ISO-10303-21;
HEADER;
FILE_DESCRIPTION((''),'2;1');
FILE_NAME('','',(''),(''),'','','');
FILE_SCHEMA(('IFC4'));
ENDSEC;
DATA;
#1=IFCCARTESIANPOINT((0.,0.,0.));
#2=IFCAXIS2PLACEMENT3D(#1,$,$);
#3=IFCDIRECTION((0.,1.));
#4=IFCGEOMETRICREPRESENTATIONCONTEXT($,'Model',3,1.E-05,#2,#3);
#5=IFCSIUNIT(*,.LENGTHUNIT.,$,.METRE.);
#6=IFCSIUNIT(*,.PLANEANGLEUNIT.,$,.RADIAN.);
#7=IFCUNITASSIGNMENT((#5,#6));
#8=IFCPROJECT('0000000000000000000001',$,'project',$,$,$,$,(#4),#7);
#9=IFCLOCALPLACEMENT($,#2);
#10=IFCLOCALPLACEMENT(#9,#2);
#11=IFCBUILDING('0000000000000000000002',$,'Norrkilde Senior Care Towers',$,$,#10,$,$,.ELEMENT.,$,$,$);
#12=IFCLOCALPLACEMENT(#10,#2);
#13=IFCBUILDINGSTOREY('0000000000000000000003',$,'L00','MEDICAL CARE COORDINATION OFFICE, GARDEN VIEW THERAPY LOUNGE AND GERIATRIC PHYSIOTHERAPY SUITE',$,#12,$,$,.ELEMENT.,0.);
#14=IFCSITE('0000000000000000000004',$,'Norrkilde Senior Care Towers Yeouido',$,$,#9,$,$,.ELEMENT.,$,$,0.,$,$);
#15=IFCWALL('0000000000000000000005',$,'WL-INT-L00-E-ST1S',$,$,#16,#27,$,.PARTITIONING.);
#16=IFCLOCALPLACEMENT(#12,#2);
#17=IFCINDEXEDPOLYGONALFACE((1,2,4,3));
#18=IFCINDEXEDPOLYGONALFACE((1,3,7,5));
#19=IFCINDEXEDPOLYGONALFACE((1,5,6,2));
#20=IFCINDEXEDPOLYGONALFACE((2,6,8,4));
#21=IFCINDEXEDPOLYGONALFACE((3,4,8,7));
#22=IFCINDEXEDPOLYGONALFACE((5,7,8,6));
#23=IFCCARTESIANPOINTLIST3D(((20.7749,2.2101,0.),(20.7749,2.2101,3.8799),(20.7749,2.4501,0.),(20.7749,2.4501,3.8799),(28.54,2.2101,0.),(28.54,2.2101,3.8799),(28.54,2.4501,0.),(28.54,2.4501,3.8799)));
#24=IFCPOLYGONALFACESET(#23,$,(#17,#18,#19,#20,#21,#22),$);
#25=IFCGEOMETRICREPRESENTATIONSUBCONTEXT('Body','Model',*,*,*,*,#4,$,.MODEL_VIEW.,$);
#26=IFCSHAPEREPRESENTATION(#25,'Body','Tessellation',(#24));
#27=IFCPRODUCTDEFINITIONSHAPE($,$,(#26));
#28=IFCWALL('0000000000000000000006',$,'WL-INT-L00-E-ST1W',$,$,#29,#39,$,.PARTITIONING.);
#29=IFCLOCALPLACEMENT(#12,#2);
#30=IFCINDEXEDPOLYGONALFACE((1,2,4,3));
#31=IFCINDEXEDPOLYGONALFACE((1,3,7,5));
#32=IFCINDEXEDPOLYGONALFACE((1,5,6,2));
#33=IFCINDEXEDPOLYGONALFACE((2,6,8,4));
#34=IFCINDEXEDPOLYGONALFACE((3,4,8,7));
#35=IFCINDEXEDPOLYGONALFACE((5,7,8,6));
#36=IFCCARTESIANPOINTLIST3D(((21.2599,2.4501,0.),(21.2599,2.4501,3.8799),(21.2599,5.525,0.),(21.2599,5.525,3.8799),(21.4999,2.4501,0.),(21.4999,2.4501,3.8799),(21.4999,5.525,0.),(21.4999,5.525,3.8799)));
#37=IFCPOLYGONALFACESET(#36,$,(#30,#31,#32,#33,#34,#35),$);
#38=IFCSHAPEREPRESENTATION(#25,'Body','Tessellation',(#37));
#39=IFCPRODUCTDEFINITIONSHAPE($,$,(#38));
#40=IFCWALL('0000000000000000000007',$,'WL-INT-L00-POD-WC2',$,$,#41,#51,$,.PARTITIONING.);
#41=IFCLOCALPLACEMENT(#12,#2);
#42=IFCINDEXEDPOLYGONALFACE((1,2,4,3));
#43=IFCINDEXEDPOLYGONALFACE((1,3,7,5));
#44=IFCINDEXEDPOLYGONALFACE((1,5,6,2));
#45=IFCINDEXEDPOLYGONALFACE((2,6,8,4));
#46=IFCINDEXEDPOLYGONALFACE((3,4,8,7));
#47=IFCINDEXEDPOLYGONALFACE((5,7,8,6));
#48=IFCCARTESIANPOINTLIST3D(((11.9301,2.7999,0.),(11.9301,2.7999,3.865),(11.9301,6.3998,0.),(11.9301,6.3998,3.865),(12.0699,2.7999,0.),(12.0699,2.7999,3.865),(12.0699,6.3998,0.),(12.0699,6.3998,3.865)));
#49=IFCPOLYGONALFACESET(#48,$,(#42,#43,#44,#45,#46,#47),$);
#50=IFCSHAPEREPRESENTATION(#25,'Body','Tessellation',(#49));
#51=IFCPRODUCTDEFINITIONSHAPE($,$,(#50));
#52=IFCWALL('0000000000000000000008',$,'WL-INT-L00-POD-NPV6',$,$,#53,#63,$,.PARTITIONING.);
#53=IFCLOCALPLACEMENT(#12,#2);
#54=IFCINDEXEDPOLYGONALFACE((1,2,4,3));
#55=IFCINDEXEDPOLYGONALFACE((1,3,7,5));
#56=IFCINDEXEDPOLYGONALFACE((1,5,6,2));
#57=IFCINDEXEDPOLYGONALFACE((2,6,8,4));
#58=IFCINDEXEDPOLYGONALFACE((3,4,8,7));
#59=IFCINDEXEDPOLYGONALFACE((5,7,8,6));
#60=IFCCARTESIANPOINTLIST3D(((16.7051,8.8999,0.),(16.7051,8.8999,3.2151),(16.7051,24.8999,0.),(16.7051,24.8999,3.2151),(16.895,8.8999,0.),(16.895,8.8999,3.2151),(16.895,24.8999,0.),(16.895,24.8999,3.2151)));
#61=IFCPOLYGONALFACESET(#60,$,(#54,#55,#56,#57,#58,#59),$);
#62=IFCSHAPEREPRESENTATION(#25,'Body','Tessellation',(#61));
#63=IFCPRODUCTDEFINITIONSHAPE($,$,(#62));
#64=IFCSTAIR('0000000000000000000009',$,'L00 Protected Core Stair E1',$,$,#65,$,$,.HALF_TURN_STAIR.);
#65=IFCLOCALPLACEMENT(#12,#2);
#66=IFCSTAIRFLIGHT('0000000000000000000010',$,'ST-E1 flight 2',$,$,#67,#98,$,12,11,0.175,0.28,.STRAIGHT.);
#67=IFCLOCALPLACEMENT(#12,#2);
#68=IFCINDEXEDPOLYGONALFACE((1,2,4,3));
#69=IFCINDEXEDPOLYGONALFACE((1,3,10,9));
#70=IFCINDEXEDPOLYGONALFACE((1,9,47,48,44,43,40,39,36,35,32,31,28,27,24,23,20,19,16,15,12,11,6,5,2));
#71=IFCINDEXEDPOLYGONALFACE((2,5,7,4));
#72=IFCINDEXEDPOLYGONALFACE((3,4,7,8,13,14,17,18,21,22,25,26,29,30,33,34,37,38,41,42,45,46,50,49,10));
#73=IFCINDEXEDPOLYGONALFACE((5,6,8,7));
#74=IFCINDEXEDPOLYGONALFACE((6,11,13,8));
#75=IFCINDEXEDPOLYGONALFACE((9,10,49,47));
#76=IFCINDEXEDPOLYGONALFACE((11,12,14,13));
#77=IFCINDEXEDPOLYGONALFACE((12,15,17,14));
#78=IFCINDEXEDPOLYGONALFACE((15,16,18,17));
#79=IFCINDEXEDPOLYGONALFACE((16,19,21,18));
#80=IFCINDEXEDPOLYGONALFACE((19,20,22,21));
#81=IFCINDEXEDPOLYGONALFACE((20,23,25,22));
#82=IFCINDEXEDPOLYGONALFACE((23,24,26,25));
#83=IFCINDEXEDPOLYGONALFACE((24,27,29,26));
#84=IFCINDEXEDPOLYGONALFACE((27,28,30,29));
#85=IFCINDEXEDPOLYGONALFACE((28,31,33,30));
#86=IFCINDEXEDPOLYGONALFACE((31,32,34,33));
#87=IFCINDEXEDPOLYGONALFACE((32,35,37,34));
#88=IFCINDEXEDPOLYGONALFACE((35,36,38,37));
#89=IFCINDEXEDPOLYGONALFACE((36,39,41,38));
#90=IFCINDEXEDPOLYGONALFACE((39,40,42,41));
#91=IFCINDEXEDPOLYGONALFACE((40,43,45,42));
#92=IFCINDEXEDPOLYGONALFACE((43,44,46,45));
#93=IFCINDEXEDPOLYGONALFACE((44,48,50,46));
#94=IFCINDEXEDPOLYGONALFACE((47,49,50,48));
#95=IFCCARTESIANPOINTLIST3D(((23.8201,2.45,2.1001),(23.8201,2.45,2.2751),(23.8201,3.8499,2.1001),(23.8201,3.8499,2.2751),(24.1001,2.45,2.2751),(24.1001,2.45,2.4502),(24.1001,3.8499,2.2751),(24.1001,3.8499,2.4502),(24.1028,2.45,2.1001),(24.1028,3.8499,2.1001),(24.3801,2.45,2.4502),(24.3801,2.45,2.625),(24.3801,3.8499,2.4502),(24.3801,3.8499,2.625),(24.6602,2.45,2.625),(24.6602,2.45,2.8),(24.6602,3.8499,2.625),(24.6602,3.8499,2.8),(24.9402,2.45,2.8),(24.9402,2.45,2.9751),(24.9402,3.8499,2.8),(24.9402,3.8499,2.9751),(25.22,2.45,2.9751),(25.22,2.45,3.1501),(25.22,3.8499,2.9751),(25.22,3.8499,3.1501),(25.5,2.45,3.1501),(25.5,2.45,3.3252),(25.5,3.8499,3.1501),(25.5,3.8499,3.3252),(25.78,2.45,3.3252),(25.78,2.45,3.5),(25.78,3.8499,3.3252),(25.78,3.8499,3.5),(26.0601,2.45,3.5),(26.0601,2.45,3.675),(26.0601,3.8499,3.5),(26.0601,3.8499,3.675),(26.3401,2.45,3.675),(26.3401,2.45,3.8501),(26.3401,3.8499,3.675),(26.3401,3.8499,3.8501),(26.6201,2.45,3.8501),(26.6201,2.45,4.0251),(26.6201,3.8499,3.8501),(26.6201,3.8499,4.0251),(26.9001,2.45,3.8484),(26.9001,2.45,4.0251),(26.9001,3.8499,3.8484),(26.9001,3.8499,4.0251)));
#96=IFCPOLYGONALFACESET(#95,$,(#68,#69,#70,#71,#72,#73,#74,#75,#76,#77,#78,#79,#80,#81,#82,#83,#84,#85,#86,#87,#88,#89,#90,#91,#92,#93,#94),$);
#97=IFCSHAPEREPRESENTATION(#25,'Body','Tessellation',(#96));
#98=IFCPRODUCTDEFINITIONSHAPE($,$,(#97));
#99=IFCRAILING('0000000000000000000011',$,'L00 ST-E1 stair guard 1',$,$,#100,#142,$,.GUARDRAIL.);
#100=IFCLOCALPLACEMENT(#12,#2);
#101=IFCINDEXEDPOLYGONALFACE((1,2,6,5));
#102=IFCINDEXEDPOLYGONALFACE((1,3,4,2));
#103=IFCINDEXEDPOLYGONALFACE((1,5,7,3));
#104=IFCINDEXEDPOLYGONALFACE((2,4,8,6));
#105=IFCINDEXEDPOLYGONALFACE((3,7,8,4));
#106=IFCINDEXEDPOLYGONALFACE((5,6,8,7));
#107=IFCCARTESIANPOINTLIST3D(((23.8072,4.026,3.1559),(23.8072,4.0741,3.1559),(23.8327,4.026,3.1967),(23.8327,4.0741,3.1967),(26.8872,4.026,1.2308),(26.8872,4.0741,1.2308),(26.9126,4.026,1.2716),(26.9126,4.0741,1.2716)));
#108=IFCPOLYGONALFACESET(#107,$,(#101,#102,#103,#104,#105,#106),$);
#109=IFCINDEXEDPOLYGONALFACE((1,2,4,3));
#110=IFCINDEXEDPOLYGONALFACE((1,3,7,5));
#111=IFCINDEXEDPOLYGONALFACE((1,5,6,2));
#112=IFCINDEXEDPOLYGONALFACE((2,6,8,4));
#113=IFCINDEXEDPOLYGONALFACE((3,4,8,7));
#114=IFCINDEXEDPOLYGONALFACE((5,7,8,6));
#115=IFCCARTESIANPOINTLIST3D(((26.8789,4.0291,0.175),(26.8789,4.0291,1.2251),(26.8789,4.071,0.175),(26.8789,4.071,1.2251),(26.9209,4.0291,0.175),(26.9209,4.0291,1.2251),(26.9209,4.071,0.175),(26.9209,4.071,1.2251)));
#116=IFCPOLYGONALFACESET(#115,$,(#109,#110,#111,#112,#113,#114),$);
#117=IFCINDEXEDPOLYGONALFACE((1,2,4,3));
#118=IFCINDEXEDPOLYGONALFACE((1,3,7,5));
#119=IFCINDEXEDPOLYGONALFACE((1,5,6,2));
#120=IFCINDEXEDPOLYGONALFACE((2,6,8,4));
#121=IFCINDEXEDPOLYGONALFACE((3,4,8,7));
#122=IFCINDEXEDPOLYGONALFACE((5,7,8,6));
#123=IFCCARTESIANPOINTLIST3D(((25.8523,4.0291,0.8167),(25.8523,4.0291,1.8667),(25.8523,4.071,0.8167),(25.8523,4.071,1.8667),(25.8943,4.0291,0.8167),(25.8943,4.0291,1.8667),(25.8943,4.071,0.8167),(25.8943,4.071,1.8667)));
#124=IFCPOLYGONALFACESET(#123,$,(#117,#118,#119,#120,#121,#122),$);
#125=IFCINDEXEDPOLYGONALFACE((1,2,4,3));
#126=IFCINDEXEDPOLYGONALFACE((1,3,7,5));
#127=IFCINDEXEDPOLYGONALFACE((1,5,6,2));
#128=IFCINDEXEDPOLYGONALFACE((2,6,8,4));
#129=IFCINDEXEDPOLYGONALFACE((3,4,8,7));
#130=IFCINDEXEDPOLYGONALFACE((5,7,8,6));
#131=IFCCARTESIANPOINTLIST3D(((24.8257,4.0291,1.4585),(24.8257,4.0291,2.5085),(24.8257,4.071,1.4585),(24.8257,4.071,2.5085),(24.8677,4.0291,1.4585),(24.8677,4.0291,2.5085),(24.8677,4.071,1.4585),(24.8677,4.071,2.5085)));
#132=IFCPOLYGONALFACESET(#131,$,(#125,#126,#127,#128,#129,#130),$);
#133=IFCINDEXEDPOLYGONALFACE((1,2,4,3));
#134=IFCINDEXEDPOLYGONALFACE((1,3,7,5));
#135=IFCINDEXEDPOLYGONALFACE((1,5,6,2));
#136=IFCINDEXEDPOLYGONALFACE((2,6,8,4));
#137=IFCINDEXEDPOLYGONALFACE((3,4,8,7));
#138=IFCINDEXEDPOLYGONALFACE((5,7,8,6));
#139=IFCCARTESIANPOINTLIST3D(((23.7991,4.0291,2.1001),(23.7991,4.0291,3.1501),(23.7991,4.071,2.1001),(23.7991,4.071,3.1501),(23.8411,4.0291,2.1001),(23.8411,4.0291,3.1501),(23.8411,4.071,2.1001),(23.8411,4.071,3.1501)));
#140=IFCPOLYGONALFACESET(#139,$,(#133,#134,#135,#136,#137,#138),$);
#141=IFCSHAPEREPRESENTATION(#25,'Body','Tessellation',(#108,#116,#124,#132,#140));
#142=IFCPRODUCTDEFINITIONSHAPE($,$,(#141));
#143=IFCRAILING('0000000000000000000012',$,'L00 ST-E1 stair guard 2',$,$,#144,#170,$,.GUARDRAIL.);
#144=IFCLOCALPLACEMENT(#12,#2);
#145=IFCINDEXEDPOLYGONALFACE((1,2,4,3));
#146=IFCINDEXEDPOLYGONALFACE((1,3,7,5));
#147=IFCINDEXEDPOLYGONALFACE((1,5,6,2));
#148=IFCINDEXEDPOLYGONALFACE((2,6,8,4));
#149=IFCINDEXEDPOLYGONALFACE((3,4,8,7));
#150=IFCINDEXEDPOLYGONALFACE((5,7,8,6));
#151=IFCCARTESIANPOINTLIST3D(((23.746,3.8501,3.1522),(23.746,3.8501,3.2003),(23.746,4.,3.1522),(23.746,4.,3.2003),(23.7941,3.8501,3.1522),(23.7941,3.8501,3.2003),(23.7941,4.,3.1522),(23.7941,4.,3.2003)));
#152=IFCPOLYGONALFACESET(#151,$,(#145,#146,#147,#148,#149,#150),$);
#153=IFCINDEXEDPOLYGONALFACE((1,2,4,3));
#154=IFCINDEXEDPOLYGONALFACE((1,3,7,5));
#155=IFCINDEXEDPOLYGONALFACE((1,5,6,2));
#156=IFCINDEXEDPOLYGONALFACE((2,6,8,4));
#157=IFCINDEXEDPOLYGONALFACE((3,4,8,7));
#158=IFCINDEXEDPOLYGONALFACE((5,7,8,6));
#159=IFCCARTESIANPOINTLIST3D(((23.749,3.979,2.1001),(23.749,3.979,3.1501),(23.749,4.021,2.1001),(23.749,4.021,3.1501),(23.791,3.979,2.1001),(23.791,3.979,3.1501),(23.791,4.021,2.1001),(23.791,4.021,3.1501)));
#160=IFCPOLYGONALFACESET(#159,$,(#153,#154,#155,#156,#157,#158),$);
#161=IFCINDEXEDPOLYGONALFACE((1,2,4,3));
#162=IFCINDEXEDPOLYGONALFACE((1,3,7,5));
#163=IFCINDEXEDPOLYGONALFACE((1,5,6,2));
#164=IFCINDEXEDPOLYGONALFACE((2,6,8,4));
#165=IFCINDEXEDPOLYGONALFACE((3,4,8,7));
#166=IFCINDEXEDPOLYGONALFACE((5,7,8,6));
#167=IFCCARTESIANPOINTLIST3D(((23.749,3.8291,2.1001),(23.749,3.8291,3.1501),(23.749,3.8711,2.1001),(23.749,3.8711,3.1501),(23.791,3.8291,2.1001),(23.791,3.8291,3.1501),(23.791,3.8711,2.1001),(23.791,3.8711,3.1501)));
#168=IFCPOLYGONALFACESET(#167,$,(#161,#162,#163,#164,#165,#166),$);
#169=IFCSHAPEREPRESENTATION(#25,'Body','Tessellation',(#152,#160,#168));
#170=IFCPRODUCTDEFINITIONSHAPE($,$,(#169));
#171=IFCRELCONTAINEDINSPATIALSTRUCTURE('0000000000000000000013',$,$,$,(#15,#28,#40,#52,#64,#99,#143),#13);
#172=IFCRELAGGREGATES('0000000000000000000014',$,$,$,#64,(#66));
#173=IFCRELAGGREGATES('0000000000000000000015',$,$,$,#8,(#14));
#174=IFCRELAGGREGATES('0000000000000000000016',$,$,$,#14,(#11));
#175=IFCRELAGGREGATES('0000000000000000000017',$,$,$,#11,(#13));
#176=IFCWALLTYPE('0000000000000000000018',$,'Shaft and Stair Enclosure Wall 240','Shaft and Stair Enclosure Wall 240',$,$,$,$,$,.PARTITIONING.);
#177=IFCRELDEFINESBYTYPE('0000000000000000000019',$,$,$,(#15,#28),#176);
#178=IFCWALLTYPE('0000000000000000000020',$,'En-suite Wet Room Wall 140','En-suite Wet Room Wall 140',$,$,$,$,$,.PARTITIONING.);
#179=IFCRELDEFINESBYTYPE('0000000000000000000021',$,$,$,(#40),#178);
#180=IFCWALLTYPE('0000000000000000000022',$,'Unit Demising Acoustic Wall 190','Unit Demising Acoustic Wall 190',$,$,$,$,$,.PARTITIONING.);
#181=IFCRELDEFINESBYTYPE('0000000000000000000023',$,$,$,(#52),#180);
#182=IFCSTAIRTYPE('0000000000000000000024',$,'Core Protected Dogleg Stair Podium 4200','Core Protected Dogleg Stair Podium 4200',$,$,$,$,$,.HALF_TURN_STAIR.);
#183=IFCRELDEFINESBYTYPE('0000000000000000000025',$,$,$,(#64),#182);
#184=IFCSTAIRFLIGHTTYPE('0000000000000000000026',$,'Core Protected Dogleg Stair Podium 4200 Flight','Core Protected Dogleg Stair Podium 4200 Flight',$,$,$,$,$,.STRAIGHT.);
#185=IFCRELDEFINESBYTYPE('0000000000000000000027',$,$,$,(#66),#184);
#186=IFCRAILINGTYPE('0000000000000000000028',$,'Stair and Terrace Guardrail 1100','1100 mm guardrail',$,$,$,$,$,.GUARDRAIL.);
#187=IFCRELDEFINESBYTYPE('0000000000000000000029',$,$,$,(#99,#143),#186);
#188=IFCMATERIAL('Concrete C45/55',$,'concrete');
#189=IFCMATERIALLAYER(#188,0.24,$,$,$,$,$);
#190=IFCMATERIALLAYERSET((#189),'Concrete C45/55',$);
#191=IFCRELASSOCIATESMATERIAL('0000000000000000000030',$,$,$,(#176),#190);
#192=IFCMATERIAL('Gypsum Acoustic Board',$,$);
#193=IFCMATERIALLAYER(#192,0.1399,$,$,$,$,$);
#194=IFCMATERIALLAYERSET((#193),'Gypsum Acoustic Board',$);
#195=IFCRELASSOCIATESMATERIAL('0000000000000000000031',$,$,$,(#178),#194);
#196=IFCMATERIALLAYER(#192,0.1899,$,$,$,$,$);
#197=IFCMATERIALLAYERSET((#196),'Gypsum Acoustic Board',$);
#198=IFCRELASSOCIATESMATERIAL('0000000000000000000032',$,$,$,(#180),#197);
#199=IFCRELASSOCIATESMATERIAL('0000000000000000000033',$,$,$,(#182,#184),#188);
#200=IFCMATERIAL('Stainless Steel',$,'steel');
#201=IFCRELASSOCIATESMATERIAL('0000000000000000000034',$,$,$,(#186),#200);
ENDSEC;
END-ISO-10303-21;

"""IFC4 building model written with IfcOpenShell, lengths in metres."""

from ifc_helpers import new_model, si_unit, direction, frame, frame_2d, origin, origin_2d, place, context, subcontext, project, spatial, polyline, rectangle, outline, extrude, source, transform, mapped, material, layer, layer_set, type_object, type_shapes, element, aggregate, save


model = new_model("IFC4")

# Units and contexts
model_context = context("Model", 3, precision=1e-05, world=origin(), true_north=direction((0.0, 1.0)))
body_context = subcontext(model_context, "Body", "Model", "MODEL_VIEW")
ifc_project = project(units=[si_unit("LENGTHUNIT", "METRE"), si_unit("PLANEANGLEUNIT", "RADIAN")], contexts=[model_context])

# Site, building, storey
site_placement = place(None, origin())
site = spatial("IfcSite", under=ifc_project, at=site_placement, Name="Norrkilde Senior Care Towers Yeouido", CompositionType="ELEMENT", RefElevation=0.0)
building_placement = place(site_placement, origin())
building = spatial("IfcBuilding", under=site, at=building_placement, Name="Norrkilde Senior Care Towers", CompositionType="ELEMENT")
storey_placement = place(building_placement, origin())
storey = spatial("IfcBuildingStorey", under=building, at=storey_placement, Name="L00", Description="MEDICAL CARE COORDINATION OFFICE, GARDEN VIEW THERAPY LOUNGE AND GERIATRIC PHYSIOTHERAPY SUITE", CompositionType="ELEMENT", Elevation=0.0)

# Walls
ifc_material_1 = material(Name="Concrete C45/55", Category="concrete")
ifc_layer_1 = layer(ifc_material_1, 0.24)
ifc_layer_set_1 = layer_set([ifc_layer_1], Name="Concrete C45/55")
wall_type_1 = type_object("IfcWallType", Name="Shaft and Stair Enclosure Wall 240", Description="Shaft and Stair Enclosure Wall 240", PredefinedType="PARTITIONING", material=ifc_layer_set_1)
shared_shape_1 = source(origin(), body_context, "Body", "SweptSolid", [
    extrude(rectangle(XDim=7.7651, YDim=0.24, at=frame_2d((3.8826, 0.0))), origin(), (0.0, 0.0, 1.0), 3.8799),
])
wall_1_placement = place(storey_placement, frame((20.7749, 2.3301, 0.0), z_axis=(0.0, 0.0, 1.0), x_axis=(1.0, 0.0, 0.0)))
element("IfcWall", 1, at=wall_1_placement, inside=storey, type_object=wall_type_1, Name="WL-INT-L00-E-ST1S", PredefinedType="PARTITIONING", context=body_context, shape_type="MappedRepresentation", body=[
    mapped(shared_shape_1, transform((0.0, 0.0, 0.0), x_axis=(1.0, 0.0, 0.0), y_axis=(0.0, 1.0, 0.0), z_axis=(0.0, 0.0, 1.0), scale=1.0)),
])
shared_shape_2 = source(origin(), body_context, "Body", "SweptSolid", [
    extrude(rectangle(XDim=3.075, YDim=0.24, at=frame_2d((1.5376, 0.0))), origin(), (0.0, 0.0, 1.0), 3.8799),
])
type_shapes(wall_type_1, [shared_shape_1, shared_shape_2])
wall_2_placement = place(storey_placement, frame((21.3799, 2.45, 0.0), z_axis=(0.0, 0.0, 1.0), x_axis=(0.0, 1.0, 0.0)))
element("IfcWall", 2, at=wall_2_placement, inside=storey, type_object=wall_type_1, Name="WL-INT-L00-E-ST1W", PredefinedType="PARTITIONING", context=body_context, shape_type="MappedRepresentation", body=[
    mapped(shared_shape_2, transform((0.0, 0.0, 0.0), x_axis=(1.0, 0.0, 0.0), y_axis=(0.0, 1.0, 0.0), z_axis=(0.0, 0.0, 1.0), scale=1.0)),
])
ifc_material_2 = material(Name="Gypsum Acoustic Board")
ifc_layer_2 = layer(ifc_material_2, 0.1399)
ifc_layer_set_2 = layer_set([ifc_layer_2], Name="Gypsum Acoustic Board")
wall_type_2 = type_object("IfcWallType", Name="En-suite Wet Room Wall 140", Description="En-suite Wet Room Wall 140", PredefinedType="PARTITIONING", material=ifc_layer_set_2)
shared_shape_3 = source(origin(), body_context, "Body", "SweptSolid", [
    extrude(rectangle(XDim=3.5999, YDim=0.1399, at=frame_2d((1.7998, 0.0))), origin(), (0.0, 0.0, 1.0), 3.865),
])
type_shapes(wall_type_2, [shared_shape_3])
wall_3_placement = place(storey_placement, frame((12.0, 2.8, 0.0), z_axis=(0.0, 0.0, 1.0), x_axis=(0.0, 1.0, 0.0)))
element("IfcWall", 3, at=wall_3_placement, inside=storey, type_object=wall_type_2, Name="WL-INT-L00-POD-WC2", PredefinedType="PARTITIONING", context=body_context, shape_type="MappedRepresentation", body=[
    mapped(shared_shape_3, transform((0.0, 0.0, 0.0), x_axis=(1.0, 0.0, 0.0), y_axis=(0.0, 1.0, 0.0), z_axis=(0.0, 0.0, 1.0), scale=1.0)),
])
ifc_layer_3 = layer(ifc_material_2, 0.1899)
ifc_layer_set_3 = layer_set([ifc_layer_3], Name="Gypsum Acoustic Board")
wall_type_3 = type_object("IfcWallType", Name="Unit Demising Acoustic Wall 190", Description="Unit Demising Acoustic Wall 190", PredefinedType="PARTITIONING", material=ifc_layer_set_3)
shared_shape_4 = source(origin(), body_context, "Body", "SweptSolid", [
    extrude(rectangle(XDim=16.0, YDim=0.1899, at=frame_2d((8.0, 0.0))), origin(), (0.0, 0.0, 1.0), 3.2151),
])
type_shapes(wall_type_3, [shared_shape_4])
wall_4_placement = place(storey_placement, frame((16.8, 8.8999, 0.0), z_axis=(0.0, 0.0, 1.0), x_axis=(0.0, 1.0, 0.0)))
element("IfcWall", 4, at=wall_4_placement, inside=storey, type_object=wall_type_3, Name="WL-INT-L00-POD-NPV6", PredefinedType="PARTITIONING", context=body_context, shape_type="MappedRepresentation", body=[
    mapped(shared_shape_4, transform((0.0, 0.0, 0.0), x_axis=(1.0, 0.0, 0.0), y_axis=(0.0, 1.0, 0.0), z_axis=(0.0, 0.0, 1.0), scale=1.0)),
])

# Stair, stair flight
stair_type = type_object("IfcStairType", Name="Core Protected Dogleg Stair Podium 4200", Description="Core Protected Dogleg Stair Podium 4200", PredefinedType="HALF_TURN_STAIR", material=ifc_material_1)
stair_placement = place(storey_placement, origin())
stair = element("IfcStair", 5, at=stair_placement, inside=storey, type_object=stair_type, Name="L00 Protected Core Stair E1", PredefinedType="HALF_TURN_STAIR")
stair_flight_type = type_object("IfcStairFlightType", Name="Core Protected Dogleg Stair Podium 4200 Flight", Description="Core Protected Dogleg Stair Podium 4200 Flight", PredefinedType="STRAIGHT", material=ifc_material_1)
stair_flight_placement = place(storey_placement, frame((23.8201, 3.1499, 2.1001), z_axis=(0.0, 0.0, 1.0), x_axis=(1.0, 0.0, 0.0)))
stair_flight = element("IfcStairFlight", 6, at=stair_flight_placement, type_object=stair_flight_type, Name="ST-E1 flight 2", NumberOfRisers=12, NumberOfTreads=11, PredefinedType="STRAIGHT", RiserHeight=0.175, TreadLength=0.28, context=body_context, shape_type="SweptSolid", body=[
    extrude(outline(polyline([(0.0, 0.0), (0.0, 0.175), (0.28, 0.175), (0.28, 0.3501), (0.5601, 0.3501), (0.5601, 0.5249), (0.8401, 0.5249), (0.8401, 0.7), (1.1201, 0.7), (1.1201, 0.875), (1.3999, 0.875), (1.3999, 1.05), (1.6799, 1.05), (1.6799, 1.2251), (1.96, 1.2251), (1.96, 1.3999), (2.24, 1.3999), (2.24, 1.575), (2.52, 1.575), (2.52, 1.75), (2.8, 1.75), (2.8, 1.925), (3.0801, 1.925), (3.0801, 2.1001), (3.0801, 1.7483), (0.2827, 0.0), (0.0, 0.0)])), frame((0.0, 0.7, 0.0), z_axis=(0.0, -1.0, 0.0), x_axis=(1.0, 0.0, 0.0)), (0.0, 0.0, 1.0), 1.3999),
])
aggregate(stair, [stair_flight])

# Railings
ifc_material_3 = material(Name="Stainless Steel", Category="steel")
railing_type_1 = type_object("IfcRailingType", Name="Stair and Terrace Guardrail 1100", Description="1100 mm guardrail", PredefinedType="GUARDRAIL", material=ifc_material_3)
railing_1_placement = place(storey_placement, frame((26.8999, 4.05, 0.175)))
element("IfcRailing", 7, at=railing_1_placement, inside=storey, type_object=railing_type_1, Name="L00 ST-E1 stair guard 1", PredefinedType="GUARDRAIL", context=body_context, shape_type="SweptSolid", body=[
    extrude(rectangle(XDim=0.0481, YDim=0.0481, at=origin_2d()), frame((0.0, 0.0, 1.0762), z_axis=(-0.847979, 0.0, 0.530029), x_axis=(0.0, -1.0, 0.0)), (0.0, 0.0, 1.0), 3.6321),
    extrude(rectangle(XDim=0.042, YDim=0.042, at=origin_2d()), origin(), (0.0, 0.0, 1.0), 1.05),
    extrude(rectangle(XDim=0.042, YDim=0.042, at=origin_2d()), frame((-1.0266, 0.0, 0.6416)), (0.0, 0.0, 1.0), 1.05),
    extrude(rectangle(XDim=0.042, YDim=0.042, at=origin_2d()), frame((-2.0532, 0.0, 1.2834)), (0.0, 0.0, 1.0), 1.05),
    extrude(rectangle(XDim=0.042, YDim=0.042, at=origin_2d()), frame((-3.0798, 0.0, 1.925)), (0.0, 0.0, 1.0), 1.05),
])
railing_2_placement = place(storey_placement, frame((23.77, 4.0, 2.1001)))
element("IfcRailing", 8, at=railing_2_placement, inside=storey, type_object=railing_type_1, Name="L00 ST-E1 stair guard 2", PredefinedType="GUARDRAIL", context=body_context, shape_type="SweptSolid", body=[
    extrude(rectangle(XDim=0.0481, YDim=0.0481, at=origin_2d()), frame((0.0, 0.0, 1.0762), z_axis=(0.0, -1.0, 0.0), x_axis=(1.0, 0.0, 0.0)), (0.0, 0.0, 1.0), 0.1499),
    extrude(rectangle(XDim=0.042, YDim=0.042, at=origin_2d()), origin(), (0.0, 0.0, 1.0), 1.05),
    extrude(rectangle(XDim=0.042, YDim=0.042, at=origin_2d()), frame((0.0, -0.1499, 0.0)), (0.0, 0.0, 1.0), 1.05),
])

save(model, "model.ifc")
